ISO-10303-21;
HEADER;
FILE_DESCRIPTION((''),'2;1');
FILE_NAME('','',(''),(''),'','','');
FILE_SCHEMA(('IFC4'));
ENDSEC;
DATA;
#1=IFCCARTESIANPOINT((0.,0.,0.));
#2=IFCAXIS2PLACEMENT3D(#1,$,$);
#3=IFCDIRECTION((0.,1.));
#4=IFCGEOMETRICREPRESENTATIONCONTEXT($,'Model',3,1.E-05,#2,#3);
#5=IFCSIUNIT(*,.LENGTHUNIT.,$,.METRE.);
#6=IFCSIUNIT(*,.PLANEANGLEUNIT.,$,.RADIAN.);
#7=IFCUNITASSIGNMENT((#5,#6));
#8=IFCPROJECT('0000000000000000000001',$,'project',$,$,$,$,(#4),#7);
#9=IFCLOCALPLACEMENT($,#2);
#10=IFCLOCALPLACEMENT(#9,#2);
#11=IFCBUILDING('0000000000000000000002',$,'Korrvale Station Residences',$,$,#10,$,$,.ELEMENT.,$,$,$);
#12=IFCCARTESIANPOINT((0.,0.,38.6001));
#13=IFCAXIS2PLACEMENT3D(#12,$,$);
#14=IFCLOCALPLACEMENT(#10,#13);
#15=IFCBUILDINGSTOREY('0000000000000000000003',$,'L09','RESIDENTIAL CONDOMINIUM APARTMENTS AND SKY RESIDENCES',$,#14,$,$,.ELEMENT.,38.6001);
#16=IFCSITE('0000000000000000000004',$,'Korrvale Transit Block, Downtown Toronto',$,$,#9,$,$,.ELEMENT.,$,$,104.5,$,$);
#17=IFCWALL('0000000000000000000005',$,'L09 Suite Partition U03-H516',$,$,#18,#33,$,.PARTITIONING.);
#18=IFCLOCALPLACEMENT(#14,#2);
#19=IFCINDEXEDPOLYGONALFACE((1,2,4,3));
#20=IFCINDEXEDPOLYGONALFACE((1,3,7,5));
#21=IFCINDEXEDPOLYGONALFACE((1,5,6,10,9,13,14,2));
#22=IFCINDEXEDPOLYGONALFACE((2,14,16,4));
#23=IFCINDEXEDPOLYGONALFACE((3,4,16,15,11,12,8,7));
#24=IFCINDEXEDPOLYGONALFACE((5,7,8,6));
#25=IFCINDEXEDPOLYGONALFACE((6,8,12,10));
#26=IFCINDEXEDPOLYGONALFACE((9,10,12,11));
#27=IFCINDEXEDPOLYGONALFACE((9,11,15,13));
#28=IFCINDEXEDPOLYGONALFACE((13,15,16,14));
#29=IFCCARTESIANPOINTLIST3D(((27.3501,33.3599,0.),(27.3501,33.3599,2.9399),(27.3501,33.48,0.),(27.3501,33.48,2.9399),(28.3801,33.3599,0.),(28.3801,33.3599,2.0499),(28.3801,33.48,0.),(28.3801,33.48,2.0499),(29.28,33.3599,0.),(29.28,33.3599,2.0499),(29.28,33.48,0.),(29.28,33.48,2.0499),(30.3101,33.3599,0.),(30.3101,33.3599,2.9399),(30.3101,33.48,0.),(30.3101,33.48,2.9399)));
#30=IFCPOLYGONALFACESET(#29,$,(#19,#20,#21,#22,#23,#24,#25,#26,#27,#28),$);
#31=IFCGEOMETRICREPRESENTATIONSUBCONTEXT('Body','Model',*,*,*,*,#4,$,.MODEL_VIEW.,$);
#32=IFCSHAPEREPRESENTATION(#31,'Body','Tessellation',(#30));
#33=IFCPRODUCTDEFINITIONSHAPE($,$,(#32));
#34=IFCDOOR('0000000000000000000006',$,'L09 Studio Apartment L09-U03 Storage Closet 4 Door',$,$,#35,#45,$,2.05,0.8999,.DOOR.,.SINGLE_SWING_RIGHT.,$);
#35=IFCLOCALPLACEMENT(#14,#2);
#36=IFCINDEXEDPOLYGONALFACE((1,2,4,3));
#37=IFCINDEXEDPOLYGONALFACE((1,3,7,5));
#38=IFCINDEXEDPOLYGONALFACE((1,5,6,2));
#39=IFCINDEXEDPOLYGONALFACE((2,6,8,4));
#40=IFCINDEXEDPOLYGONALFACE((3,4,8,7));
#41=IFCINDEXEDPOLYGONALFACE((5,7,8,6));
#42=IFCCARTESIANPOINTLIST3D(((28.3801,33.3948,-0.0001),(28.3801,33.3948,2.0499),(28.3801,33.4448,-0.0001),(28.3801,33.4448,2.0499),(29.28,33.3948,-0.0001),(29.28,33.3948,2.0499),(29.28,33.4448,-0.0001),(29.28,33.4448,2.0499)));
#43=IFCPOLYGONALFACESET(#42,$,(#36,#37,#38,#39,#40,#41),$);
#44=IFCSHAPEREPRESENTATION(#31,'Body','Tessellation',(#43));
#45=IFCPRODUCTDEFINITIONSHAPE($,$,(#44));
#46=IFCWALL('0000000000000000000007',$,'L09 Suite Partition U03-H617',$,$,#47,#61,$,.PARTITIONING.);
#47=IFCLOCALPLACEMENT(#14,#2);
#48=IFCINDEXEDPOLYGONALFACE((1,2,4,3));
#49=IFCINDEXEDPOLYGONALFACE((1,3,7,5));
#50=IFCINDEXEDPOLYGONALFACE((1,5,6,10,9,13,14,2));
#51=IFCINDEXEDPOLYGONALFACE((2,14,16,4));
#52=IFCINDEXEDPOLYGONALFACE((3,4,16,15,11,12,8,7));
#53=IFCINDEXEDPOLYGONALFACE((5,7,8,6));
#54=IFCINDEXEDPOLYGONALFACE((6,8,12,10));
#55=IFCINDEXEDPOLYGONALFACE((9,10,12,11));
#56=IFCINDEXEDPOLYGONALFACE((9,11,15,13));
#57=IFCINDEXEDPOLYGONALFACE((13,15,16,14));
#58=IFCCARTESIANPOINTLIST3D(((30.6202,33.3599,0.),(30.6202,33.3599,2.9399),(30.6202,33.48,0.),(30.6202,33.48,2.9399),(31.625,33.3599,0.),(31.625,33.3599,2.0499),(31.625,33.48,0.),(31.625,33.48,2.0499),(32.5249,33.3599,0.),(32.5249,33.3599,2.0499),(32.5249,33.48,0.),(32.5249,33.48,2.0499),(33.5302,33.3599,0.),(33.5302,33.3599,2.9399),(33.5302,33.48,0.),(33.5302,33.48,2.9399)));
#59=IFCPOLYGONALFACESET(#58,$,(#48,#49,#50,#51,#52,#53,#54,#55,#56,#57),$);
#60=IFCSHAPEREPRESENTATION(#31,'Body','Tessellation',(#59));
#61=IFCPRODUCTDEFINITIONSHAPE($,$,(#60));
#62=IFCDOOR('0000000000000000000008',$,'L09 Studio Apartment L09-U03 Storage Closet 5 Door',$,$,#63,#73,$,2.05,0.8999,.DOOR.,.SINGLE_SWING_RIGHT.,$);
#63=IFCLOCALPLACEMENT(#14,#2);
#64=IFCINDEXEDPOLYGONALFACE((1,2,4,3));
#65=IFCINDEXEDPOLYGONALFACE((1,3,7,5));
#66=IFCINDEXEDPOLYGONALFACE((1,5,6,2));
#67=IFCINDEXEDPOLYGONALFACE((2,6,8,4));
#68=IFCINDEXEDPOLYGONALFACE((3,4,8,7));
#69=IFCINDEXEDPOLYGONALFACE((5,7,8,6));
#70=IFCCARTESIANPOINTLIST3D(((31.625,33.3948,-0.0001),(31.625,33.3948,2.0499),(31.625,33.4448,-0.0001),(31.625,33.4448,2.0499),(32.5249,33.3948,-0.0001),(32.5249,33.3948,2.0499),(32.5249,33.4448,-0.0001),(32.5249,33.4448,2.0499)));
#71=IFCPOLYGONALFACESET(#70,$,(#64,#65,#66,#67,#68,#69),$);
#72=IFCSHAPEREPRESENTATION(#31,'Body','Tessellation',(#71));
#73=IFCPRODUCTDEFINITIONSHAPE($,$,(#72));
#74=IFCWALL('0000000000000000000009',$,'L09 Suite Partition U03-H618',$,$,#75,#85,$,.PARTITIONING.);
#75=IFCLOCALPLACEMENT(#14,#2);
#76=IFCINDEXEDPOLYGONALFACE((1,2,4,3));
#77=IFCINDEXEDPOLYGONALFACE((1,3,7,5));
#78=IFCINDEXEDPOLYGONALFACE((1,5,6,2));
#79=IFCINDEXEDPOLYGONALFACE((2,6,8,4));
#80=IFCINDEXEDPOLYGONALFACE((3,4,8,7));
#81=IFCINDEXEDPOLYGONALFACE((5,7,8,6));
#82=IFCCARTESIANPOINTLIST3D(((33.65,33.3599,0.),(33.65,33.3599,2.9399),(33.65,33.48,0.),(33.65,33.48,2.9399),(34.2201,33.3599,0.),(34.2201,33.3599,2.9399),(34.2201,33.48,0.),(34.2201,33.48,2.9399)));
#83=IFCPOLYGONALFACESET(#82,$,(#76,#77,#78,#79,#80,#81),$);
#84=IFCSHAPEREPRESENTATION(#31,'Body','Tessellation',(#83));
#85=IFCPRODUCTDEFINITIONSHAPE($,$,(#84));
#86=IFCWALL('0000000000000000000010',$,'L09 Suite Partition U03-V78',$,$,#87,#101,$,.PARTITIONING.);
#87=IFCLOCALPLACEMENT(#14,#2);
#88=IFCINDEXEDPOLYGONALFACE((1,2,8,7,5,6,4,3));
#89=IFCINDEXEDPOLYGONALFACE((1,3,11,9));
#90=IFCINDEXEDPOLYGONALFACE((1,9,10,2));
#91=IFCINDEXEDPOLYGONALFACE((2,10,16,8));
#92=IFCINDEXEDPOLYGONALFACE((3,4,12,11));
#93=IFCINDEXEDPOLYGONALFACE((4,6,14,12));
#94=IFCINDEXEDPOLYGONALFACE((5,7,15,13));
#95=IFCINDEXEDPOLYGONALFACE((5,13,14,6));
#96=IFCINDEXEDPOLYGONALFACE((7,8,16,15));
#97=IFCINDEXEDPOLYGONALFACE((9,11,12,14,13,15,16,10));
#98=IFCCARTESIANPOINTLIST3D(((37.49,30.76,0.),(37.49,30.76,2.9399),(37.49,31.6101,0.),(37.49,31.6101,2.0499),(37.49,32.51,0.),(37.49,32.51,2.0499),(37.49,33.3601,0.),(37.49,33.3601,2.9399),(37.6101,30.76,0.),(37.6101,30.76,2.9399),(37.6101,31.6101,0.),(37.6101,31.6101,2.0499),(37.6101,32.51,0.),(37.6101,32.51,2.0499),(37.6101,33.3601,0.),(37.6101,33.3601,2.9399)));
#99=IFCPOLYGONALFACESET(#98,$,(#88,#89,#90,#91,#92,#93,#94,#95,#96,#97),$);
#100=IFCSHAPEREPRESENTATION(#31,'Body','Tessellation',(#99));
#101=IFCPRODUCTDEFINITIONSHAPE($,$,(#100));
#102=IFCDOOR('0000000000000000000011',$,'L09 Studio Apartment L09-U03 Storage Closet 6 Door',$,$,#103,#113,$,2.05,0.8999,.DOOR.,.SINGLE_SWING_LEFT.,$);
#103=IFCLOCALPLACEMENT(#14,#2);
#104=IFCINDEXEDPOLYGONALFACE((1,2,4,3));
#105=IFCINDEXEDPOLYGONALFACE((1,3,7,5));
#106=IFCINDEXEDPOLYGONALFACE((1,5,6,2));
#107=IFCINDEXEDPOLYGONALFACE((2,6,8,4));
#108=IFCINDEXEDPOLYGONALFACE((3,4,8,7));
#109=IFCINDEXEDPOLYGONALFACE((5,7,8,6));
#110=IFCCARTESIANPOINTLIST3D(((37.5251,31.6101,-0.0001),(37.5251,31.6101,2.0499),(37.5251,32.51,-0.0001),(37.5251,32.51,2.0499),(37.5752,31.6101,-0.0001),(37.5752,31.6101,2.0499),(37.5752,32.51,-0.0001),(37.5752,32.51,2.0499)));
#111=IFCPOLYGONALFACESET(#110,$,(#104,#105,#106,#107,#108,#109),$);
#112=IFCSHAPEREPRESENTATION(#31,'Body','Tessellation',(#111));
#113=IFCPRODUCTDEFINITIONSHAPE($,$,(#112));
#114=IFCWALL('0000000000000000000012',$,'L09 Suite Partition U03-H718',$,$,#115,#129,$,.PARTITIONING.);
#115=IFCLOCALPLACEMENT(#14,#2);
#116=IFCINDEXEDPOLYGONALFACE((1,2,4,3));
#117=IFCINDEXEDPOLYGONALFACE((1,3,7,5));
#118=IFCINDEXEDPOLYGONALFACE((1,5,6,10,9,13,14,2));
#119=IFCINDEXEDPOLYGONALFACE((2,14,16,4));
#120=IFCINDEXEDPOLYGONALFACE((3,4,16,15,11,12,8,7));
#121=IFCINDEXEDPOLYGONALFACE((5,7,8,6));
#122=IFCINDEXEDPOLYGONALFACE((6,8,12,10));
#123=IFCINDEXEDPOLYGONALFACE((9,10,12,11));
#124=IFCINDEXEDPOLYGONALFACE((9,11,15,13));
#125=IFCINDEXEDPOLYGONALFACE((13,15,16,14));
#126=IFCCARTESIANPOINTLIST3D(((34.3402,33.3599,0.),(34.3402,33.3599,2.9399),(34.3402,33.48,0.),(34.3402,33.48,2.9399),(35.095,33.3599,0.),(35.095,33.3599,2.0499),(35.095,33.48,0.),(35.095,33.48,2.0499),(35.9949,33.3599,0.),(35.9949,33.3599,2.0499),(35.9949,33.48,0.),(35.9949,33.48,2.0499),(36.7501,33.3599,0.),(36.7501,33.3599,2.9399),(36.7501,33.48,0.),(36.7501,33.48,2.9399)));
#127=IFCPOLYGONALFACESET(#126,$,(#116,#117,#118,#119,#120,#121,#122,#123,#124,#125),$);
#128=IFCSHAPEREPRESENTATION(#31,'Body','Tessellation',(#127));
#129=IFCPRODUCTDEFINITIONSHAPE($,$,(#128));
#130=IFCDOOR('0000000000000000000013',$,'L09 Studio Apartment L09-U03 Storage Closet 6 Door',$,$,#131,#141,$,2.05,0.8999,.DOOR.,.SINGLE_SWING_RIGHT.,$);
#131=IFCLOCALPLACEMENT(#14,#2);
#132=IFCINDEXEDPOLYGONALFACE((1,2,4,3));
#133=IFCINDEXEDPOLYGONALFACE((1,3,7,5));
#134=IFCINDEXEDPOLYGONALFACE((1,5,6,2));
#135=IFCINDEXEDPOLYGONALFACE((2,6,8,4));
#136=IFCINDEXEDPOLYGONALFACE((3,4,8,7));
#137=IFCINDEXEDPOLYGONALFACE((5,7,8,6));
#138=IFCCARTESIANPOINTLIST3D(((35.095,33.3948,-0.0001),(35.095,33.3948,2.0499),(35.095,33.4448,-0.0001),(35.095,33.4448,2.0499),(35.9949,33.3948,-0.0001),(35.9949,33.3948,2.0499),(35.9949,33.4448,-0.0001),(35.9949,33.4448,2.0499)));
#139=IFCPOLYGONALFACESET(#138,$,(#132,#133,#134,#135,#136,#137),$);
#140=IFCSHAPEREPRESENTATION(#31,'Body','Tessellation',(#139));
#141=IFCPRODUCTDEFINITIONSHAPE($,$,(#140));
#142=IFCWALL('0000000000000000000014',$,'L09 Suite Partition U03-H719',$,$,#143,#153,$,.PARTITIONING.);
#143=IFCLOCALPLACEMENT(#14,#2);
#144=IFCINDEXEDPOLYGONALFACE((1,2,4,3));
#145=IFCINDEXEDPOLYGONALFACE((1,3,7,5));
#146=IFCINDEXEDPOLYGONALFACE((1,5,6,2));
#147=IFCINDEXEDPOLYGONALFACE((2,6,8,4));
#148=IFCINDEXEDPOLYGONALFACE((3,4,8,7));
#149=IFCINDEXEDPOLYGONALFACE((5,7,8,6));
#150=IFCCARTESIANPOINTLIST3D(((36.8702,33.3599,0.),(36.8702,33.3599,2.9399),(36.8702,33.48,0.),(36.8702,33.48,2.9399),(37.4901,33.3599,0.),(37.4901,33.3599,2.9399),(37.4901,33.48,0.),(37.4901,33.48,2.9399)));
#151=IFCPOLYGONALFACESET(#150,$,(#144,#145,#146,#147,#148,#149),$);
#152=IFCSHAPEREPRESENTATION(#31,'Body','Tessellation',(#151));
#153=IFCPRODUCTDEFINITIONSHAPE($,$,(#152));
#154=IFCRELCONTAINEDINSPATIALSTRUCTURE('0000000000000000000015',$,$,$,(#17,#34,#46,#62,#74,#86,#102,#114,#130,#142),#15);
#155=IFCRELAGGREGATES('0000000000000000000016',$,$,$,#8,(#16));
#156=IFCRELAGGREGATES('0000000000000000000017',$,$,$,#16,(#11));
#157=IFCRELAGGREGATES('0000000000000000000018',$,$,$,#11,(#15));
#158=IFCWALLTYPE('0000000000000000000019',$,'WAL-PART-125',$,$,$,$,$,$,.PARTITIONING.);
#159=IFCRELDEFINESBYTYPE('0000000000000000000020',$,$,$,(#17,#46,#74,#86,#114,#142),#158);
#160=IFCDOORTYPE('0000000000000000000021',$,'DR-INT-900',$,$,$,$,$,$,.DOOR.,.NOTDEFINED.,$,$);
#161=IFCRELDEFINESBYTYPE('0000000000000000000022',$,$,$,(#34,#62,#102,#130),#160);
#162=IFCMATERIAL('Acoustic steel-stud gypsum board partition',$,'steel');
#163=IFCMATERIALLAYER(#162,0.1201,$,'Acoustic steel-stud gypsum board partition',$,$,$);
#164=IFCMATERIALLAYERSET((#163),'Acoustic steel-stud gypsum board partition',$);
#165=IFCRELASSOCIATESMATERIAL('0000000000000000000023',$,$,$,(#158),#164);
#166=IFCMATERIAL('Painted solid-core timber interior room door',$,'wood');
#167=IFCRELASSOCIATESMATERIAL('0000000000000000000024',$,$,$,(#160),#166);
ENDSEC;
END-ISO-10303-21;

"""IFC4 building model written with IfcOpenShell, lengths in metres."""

from ifc_helpers import new_model, si_unit, direction, frame, frame_2d, origin, place, context, subcontext, project, spatial, rectangle, extrude, material, layer, layer_set, type_object, element, fill, save


model = new_model("IFC4")

# Units and contexts
model_context = context("Model", 3, precision=1e-05, world=origin(), true_north=direction((0.0, 1.0)))
body_context = subcontext(model_context, "Body", "Model", "MODEL_VIEW")
ifc_project = project(units=[si_unit("LENGTHUNIT", "METRE"), si_unit("PLANEANGLEUNIT", "RADIAN")], contexts=[model_context])

# Site, building, storey
site_placement = place(None, origin())
site = spatial("IfcSite", under=ifc_project, at=site_placement, Name="Korrvale Transit Block, Downtown Toronto", CompositionType="ELEMENT", RefElevation=104.5)
building_placement = place(site_placement, origin())
building = spatial("IfcBuilding", under=site, at=building_placement, Name="Korrvale Station Residences", CompositionType="ELEMENT")
storey_placement = place(building_placement, frame((0.0, 0.0, 38.6001)))
storey = spatial("IfcBuildingStorey", under=building, at=storey_placement, Name="L09", Description="RESIDENTIAL CONDOMINIUM APARTMENTS AND SKY RESIDENCES", CompositionType="ELEMENT", Elevation=38.6001)

# Walls, openings, doors
ifc_material_1 = material(Name="Acoustic steel-stud gypsum board partition", Category="steel")
ifc_layer = layer(ifc_material_1, 0.1201, Name="Acoustic steel-stud gypsum board partition")
ifc_layer_set = layer_set([ifc_layer], Name="Acoustic steel-stud gypsum board partition")
wall_type = type_object("IfcWallType", Name="WAL-PART-125", PredefinedType="PARTITIONING", material=ifc_layer_set)
wall_1_placement = place(storey_placement, frame((27.3501, 33.4199, 0.0), z_axis=(0.0, 0.0, 1.0), x_axis=(1.0, 0.0, 0.0)))
wall_1 = element("IfcWall", 1, at=wall_1_placement, inside=storey, type_object=wall_type, Name="L09 Suite Partition U03-H516", PredefinedType="PARTITIONING", context=body_context, shape_type="SweptSolid", body=[
    extrude(rectangle(XDim=2.96, YDim=0.1201, at=frame_2d((1.48, 0.0))), origin(), (0.0, 0.0, 1.0), 2.9399),
])
opening_1_placement = place(wall_1_placement, frame((1.03, 0.0, 0.0)))
opening_1 = element("IfcOpeningElement", 2, at=opening_1_placement, cuts=wall_1, PredefinedType="OPENING", context=body_context, shape_type="SweptSolid", body=[
    extrude(rectangle(XDim=0.8999, YDim=2.05, at=frame_2d((0.45, 1.0249))), frame((0.0, 0.0701, 0.0), z_axis=(0.0, -1.0, 0.0), x_axis=(1.0, 0.0, 0.0)), (0.0, 0.0, 1.0), 0.1401),
])
ifc_material_2 = material(Name="Painted solid-core timber interior room door", Category="wood")
door_type = type_object("IfcDoorType", Name="DR-INT-900", OperationType="NOTDEFINED", PredefinedType="DOOR", material=ifc_material_2)
door_1_placement = place(opening_1_placement, origin())
door_1 = element("IfcDoor", 3, at=door_1_placement, inside=storey, type_object=door_type, Name="L09 Studio Apartment L09-U03 Storage Closet 4 Door", OperationType="SINGLE_SWING_RIGHT", OverallHeight=2.05, OverallWidth=0.8999, PredefinedType="DOOR", context=body_context, shape_type="SweptSolid", body=[
    extrude(rectangle(XDim=0.8999, YDim=2.05, at=frame_2d((0.45, 1.0249))), frame((0.0, 0.0249, 0.0), z_axis=(0.0, -1.0, 0.0), x_axis=(1.0, 0.0, 0.0)), (0.0, 0.0, 1.0), 0.05),
])
fill(opening_1, door_1)
wall_2_placement = place(storey_placement, frame((30.6201, 33.4199, 0.0), z_axis=(0.0, 0.0, 1.0), x_axis=(1.0, 0.0, 0.0)))
wall_2 = element("IfcWall", 4, at=wall_2_placement, inside=storey, type_object=wall_type, Name="L09 Suite Partition U03-H617", PredefinedType="PARTITIONING", context=body_context, shape_type="SweptSolid", body=[
    extrude(rectangle(XDim=2.9099, YDim=0.1201, at=frame_2d((1.4551, 0.0))), origin(), (0.0, 0.0, 1.0), 2.9399),
])
opening_2_placement = place(wall_2_placement, frame((1.0049, 0.0, 0.0)))
opening_2 = element("IfcOpeningElement", 5, at=opening_2_placement, cuts=wall_2, PredefinedType="OPENING", context=body_context, shape_type="SweptSolid", body=[
    extrude(rectangle(XDim=0.8999, YDim=2.05, at=frame_2d((0.45, 1.0249))), frame((0.0, 0.0701, 0.0), z_axis=(0.0, -1.0, 0.0), x_axis=(1.0, 0.0, 0.0)), (0.0, 0.0, 1.0), 0.1401),
])
door_2_placement = place(opening_2_placement, origin())
door_2 = element("IfcDoor", 6, at=door_2_placement, inside=storey, type_object=door_type, Name="L09 Studio Apartment L09-U03 Storage Closet 5 Door", OperationType="SINGLE_SWING_RIGHT", OverallHeight=2.05, OverallWidth=0.8999, PredefinedType="DOOR", context=body_context, shape_type="SweptSolid", body=[
    extrude(rectangle(XDim=0.8999, YDim=2.05, at=frame_2d((0.45, 1.0249))), frame((0.0, 0.0249, 0.0), z_axis=(0.0, -1.0, 0.0), x_axis=(1.0, 0.0, 0.0)), (0.0, 0.0, 1.0), 0.05),
])
fill(opening_2, door_2)

# Wall
wall_3_placement = place(storey_placement, frame((33.6499, 33.4199, 0.0), z_axis=(0.0, 0.0, 1.0), x_axis=(1.0, 0.0, 0.0)))
element("IfcWall", 7, at=wall_3_placement, inside=storey, type_object=wall_type, Name="L09 Suite Partition U03-H618", PredefinedType="PARTITIONING", context=body_context, shape_type="SweptSolid", body=[
    extrude(rectangle(XDim=0.5701, YDim=0.1201, at=frame_2d((0.2852, 0.0))), origin(), (0.0, 0.0, 1.0), 2.9399),
])

# Walls, openings, doors
wall_4_placement = place(storey_placement, frame((37.55, 30.76, 0.0), z_axis=(0.0, 0.0, 1.0), x_axis=(0.0, 1.0, 0.0)))
wall_4 = element("IfcWall", 8, at=wall_4_placement, inside=storey, type_object=wall_type, Name="L09 Suite Partition U03-V78", PredefinedType="PARTITIONING", context=body_context, shape_type="SweptSolid", body=[
    extrude(rectangle(XDim=2.6001, YDim=0.1201, at=frame_2d((1.3, 0.0))), origin(), (0.0, 0.0, 1.0), 2.9399),
])
opening_3_placement = place(wall_4_placement, frame((0.8501, 0.0, 0.0)))
opening_3 = element("IfcOpeningElement", 9, at=opening_3_placement, cuts=wall_4, PredefinedType="OPENING", context=body_context, shape_type="SweptSolid", body=[
    extrude(rectangle(XDim=0.8999, YDim=2.05, at=frame_2d((0.45, 1.0249))), frame((0.0, 0.0701, 0.0), z_axis=(0.0, -1.0, 0.0), x_axis=(1.0, 0.0, 0.0)), (0.0, 0.0, 1.0), 0.1401),
])
door_3_placement = place(opening_3_placement, origin())
door_3 = element("IfcDoor", 10, at=door_3_placement, inside=storey, type_object=door_type, Name="L09 Studio Apartment L09-U03 Storage Closet 6 Door", OperationType="SINGLE_SWING_LEFT", OverallHeight=2.05, OverallWidth=0.8999, PredefinedType="DOOR", context=body_context, shape_type="SweptSolid", body=[
    extrude(rectangle(XDim=0.8999, YDim=2.05, at=frame_2d((0.45, 1.0249))), frame((0.0, 0.0249, 0.0), z_axis=(0.0, -1.0, 0.0), x_axis=(1.0, 0.0, 0.0)), (0.0, 0.0, 1.0), 0.05),
])
fill(opening_3, door_3)
wall_5_placement = place(storey_placement, frame((34.3401, 33.4199, 0.0), z_axis=(0.0, 0.0, 1.0), x_axis=(1.0, 0.0, 0.0)))
wall_5 = element("IfcWall", 11, at=wall_5_placement, inside=storey, type_object=wall_type, Name="L09 Suite Partition U03-H718", PredefinedType="PARTITIONING", context=body_context, shape_type="SweptSolid", body=[
    extrude(rectangle(XDim=2.4099, YDim=0.1201, at=frame_2d((1.2051, 0.0))), origin(), (0.0, 0.0, 1.0), 2.9399),
])
opening_4_placement = place(wall_5_placement, frame((0.7549, 0.0, 0.0)))
opening_4 = element("IfcOpeningElement", 12, at=opening_4_placement, cuts=wall_5, PredefinedType="OPENING", context=body_context, shape_type="SweptSolid", body=[
    extrude(rectangle(XDim=0.8999, YDim=2.05, at=frame_2d((0.45, 1.0249))), frame((0.0, 0.0701, 0.0), z_axis=(0.0, -1.0, 0.0), x_axis=(1.0, 0.0, 0.0)), (0.0, 0.0, 1.0), 0.1401),
])
door_4_placement = place(opening_4_placement, origin())
door_4 = element("IfcDoor", 13, at=door_4_placement, inside=storey, type_object=door_type, Name="L09 Studio Apartment L09-U03 Storage Closet 6 Door", OperationType="SINGLE_SWING_RIGHT", OverallHeight=2.05, OverallWidth=0.8999, PredefinedType="DOOR", context=body_context, shape_type="SweptSolid", body=[
    extrude(rectangle(XDim=0.8999, YDim=2.05, at=frame_2d((0.45, 1.0249))), frame((0.0, 0.0249, 0.0), z_axis=(0.0, -1.0, 0.0), x_axis=(1.0, 0.0, 0.0)), (0.0, 0.0, 1.0), 0.05),
])
fill(opening_4, door_4)

# Wall
wall_6_placement = place(storey_placement, frame((36.8701, 33.4199, 0.0), z_axis=(0.0, 0.0, 1.0), x_axis=(1.0, 0.0, 0.0)))
element("IfcWall", 14, at=wall_6_placement, inside=storey, type_object=wall_type, Name="L09 Suite Partition U03-H719", PredefinedType="PARTITIONING", context=body_context, shape_type="SweptSolid", body=[
    extrude(rectangle(XDim=0.6199, YDim=0.1201, at=frame_2d((0.3101, 0.0))), origin(), (0.0, 0.0, 1.0), 2.9399),
])

save(model, "model.ifc")
